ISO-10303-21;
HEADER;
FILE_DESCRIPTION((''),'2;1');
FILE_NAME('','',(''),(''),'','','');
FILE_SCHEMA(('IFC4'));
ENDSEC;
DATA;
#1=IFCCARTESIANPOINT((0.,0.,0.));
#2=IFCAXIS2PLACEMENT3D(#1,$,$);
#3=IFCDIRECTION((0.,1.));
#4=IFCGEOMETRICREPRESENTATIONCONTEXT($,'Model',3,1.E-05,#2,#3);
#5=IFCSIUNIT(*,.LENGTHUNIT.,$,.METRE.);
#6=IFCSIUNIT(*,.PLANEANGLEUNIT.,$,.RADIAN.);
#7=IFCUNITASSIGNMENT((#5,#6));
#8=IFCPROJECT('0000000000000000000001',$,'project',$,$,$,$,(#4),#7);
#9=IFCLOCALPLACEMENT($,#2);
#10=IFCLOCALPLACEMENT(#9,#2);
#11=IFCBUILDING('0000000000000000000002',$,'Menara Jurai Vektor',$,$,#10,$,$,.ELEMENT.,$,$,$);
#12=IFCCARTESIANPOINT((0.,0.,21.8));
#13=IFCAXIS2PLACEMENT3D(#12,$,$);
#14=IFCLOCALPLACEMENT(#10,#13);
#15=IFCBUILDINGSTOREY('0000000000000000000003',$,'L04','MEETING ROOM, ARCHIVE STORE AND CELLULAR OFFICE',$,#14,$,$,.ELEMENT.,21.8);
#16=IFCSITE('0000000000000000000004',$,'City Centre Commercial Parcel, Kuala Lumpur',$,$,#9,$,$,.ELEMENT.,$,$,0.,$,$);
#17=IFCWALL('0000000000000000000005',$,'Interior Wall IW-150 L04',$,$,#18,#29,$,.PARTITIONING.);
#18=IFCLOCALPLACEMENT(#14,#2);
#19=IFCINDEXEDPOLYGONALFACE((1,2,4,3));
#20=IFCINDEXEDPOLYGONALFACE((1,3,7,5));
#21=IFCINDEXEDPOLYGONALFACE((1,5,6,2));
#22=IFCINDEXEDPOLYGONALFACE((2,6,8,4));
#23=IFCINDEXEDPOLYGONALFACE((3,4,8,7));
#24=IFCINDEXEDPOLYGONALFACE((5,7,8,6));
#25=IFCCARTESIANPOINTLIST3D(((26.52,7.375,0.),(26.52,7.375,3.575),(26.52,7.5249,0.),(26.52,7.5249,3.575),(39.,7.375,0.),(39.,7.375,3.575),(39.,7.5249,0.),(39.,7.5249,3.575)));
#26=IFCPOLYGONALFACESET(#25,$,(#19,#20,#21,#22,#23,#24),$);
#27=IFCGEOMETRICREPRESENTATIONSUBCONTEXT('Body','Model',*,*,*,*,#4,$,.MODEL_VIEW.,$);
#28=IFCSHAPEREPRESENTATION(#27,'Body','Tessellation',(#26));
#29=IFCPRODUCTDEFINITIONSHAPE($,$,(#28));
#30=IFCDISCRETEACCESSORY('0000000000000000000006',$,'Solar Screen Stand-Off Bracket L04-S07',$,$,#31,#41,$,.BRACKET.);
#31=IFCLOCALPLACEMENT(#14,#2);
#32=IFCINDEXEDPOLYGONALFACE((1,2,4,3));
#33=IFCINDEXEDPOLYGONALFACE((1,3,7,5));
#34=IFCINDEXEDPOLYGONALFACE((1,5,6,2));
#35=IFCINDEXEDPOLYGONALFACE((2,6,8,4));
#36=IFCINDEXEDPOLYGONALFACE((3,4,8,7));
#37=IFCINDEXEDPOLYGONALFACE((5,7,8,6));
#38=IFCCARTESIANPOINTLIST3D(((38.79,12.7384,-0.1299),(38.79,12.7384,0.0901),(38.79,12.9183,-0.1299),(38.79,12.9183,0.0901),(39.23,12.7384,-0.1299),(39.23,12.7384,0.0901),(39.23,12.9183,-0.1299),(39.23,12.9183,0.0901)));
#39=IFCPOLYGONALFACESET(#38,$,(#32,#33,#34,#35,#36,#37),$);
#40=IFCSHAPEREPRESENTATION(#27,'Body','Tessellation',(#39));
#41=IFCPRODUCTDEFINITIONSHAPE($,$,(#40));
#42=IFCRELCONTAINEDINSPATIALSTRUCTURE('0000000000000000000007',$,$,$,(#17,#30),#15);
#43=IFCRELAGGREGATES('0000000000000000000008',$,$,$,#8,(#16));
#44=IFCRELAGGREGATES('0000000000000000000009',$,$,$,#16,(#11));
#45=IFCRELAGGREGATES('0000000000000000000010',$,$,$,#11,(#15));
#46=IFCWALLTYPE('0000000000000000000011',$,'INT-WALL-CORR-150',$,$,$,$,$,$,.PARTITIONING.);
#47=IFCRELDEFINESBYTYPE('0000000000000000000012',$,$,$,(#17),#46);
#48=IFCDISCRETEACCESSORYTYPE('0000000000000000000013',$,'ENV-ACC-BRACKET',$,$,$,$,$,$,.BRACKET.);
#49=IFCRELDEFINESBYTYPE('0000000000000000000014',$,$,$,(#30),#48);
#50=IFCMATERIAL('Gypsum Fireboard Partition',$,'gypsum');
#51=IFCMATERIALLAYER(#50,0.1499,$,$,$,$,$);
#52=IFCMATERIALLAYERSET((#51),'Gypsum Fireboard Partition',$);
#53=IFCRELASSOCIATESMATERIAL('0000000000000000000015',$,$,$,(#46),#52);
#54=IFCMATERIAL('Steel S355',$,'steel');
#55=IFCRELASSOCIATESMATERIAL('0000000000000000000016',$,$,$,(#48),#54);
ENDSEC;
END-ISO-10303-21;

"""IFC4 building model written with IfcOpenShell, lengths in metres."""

from ifc_helpers import new_model, si_unit, direction, frame, frame_2d, origin, origin_2d, place, context, subcontext, project, spatial, rectangle, extrude, material, layer, layer_set, type_object, element, save


model = new_model("IFC4")

# Units and contexts
model_context = context("Model", 3, precision=1e-05, world=origin(), true_north=direction((0.0, 1.0)))
body_context = subcontext(model_context, "Body", "Model", "MODEL_VIEW")
ifc_project = project(units=[si_unit("LENGTHUNIT", "METRE"), si_unit("PLANEANGLEUNIT", "RADIAN")], contexts=[model_context])

# Site, building, storey
site_placement = place(None, origin())
site = spatial("IfcSite", under=ifc_project, at=site_placement, Name="City Centre Commercial Parcel, Kuala Lumpur", CompositionType="ELEMENT", RefElevation=0.0)
building_placement = place(site_placement, origin())
building = spatial("IfcBuilding", under=site, at=building_placement, Name="Menara Jurai Vektor", CompositionType="ELEMENT")
storey_placement = place(building_placement, frame((0.0, 0.0, 21.8)))
storey = spatial("IfcBuildingStorey", under=building, at=storey_placement, Name="L04", Description="MEETING ROOM, ARCHIVE STORE AND CELLULAR OFFICE", CompositionType="ELEMENT", Elevation=21.8)

# Shared definitions
ifc_material_1 = material(Name="Steel S355", Category="steel")

# Shared definitions
ifc_material_2 = material(Name="Gypsum Fireboard Partition", Category="gypsum")
ifc_layer_1 = layer(ifc_material_2, 0.1499)
ifc_layer_set_1 = layer_set([ifc_layer_1], Name="Gypsum Fireboard Partition")
wall_type = type_object("IfcWallType", Name="INT-WALL-CORR-150", PredefinedType="PARTITIONING", material=ifc_layer_set_1)

# Wall
wall_1_placement = place(storey_placement, frame((26.52, 7.45, 0.0), z_axis=(0.0, 0.0, 1.0), x_axis=(1.0, 0.0, 0.0)))
element("IfcWall", 1, at=wall_1_placement, inside=storey, type_object=wall_type, Name="Interior Wall IW-150 L04", PredefinedType="PARTITIONING", context=body_context, shape_type="SweptSolid", body=[
    extrude(rectangle(XDim=12.48, YDim=0.1499, at=frame_2d((6.24, 0.0))), origin(), (0.0, 0.0, 1.0), 3.575),
])

# Discrete accessory
discrete_accessory_type = type_object("IfcDiscreteAccessoryType", Name="ENV-ACC-BRACKET", PredefinedType="BRACKET", material=ifc_material_1)
discrete_accessory_placement = place(storey_placement, frame((39.01, 12.8284, -0.1299), z_axis=(0.0, 0.0, 1.0), x_axis=(0.0, 1.0, 0.0)))
element("IfcDiscreteAccessory", 2, at=discrete_accessory_placement, inside=storey, type_object=discrete_accessory_type, Name="Solar Screen Stand-Off Bracket L04-S07", PredefinedType="BRACKET", context=body_context, shape_type="SweptSolid", body=[
    extrude(rectangle(XDim=0.1799, YDim=0.4399, at=origin_2d()), origin(), (0.0, 0.0, 1.0), 0.22),
])

save(model, "model.ifc")
